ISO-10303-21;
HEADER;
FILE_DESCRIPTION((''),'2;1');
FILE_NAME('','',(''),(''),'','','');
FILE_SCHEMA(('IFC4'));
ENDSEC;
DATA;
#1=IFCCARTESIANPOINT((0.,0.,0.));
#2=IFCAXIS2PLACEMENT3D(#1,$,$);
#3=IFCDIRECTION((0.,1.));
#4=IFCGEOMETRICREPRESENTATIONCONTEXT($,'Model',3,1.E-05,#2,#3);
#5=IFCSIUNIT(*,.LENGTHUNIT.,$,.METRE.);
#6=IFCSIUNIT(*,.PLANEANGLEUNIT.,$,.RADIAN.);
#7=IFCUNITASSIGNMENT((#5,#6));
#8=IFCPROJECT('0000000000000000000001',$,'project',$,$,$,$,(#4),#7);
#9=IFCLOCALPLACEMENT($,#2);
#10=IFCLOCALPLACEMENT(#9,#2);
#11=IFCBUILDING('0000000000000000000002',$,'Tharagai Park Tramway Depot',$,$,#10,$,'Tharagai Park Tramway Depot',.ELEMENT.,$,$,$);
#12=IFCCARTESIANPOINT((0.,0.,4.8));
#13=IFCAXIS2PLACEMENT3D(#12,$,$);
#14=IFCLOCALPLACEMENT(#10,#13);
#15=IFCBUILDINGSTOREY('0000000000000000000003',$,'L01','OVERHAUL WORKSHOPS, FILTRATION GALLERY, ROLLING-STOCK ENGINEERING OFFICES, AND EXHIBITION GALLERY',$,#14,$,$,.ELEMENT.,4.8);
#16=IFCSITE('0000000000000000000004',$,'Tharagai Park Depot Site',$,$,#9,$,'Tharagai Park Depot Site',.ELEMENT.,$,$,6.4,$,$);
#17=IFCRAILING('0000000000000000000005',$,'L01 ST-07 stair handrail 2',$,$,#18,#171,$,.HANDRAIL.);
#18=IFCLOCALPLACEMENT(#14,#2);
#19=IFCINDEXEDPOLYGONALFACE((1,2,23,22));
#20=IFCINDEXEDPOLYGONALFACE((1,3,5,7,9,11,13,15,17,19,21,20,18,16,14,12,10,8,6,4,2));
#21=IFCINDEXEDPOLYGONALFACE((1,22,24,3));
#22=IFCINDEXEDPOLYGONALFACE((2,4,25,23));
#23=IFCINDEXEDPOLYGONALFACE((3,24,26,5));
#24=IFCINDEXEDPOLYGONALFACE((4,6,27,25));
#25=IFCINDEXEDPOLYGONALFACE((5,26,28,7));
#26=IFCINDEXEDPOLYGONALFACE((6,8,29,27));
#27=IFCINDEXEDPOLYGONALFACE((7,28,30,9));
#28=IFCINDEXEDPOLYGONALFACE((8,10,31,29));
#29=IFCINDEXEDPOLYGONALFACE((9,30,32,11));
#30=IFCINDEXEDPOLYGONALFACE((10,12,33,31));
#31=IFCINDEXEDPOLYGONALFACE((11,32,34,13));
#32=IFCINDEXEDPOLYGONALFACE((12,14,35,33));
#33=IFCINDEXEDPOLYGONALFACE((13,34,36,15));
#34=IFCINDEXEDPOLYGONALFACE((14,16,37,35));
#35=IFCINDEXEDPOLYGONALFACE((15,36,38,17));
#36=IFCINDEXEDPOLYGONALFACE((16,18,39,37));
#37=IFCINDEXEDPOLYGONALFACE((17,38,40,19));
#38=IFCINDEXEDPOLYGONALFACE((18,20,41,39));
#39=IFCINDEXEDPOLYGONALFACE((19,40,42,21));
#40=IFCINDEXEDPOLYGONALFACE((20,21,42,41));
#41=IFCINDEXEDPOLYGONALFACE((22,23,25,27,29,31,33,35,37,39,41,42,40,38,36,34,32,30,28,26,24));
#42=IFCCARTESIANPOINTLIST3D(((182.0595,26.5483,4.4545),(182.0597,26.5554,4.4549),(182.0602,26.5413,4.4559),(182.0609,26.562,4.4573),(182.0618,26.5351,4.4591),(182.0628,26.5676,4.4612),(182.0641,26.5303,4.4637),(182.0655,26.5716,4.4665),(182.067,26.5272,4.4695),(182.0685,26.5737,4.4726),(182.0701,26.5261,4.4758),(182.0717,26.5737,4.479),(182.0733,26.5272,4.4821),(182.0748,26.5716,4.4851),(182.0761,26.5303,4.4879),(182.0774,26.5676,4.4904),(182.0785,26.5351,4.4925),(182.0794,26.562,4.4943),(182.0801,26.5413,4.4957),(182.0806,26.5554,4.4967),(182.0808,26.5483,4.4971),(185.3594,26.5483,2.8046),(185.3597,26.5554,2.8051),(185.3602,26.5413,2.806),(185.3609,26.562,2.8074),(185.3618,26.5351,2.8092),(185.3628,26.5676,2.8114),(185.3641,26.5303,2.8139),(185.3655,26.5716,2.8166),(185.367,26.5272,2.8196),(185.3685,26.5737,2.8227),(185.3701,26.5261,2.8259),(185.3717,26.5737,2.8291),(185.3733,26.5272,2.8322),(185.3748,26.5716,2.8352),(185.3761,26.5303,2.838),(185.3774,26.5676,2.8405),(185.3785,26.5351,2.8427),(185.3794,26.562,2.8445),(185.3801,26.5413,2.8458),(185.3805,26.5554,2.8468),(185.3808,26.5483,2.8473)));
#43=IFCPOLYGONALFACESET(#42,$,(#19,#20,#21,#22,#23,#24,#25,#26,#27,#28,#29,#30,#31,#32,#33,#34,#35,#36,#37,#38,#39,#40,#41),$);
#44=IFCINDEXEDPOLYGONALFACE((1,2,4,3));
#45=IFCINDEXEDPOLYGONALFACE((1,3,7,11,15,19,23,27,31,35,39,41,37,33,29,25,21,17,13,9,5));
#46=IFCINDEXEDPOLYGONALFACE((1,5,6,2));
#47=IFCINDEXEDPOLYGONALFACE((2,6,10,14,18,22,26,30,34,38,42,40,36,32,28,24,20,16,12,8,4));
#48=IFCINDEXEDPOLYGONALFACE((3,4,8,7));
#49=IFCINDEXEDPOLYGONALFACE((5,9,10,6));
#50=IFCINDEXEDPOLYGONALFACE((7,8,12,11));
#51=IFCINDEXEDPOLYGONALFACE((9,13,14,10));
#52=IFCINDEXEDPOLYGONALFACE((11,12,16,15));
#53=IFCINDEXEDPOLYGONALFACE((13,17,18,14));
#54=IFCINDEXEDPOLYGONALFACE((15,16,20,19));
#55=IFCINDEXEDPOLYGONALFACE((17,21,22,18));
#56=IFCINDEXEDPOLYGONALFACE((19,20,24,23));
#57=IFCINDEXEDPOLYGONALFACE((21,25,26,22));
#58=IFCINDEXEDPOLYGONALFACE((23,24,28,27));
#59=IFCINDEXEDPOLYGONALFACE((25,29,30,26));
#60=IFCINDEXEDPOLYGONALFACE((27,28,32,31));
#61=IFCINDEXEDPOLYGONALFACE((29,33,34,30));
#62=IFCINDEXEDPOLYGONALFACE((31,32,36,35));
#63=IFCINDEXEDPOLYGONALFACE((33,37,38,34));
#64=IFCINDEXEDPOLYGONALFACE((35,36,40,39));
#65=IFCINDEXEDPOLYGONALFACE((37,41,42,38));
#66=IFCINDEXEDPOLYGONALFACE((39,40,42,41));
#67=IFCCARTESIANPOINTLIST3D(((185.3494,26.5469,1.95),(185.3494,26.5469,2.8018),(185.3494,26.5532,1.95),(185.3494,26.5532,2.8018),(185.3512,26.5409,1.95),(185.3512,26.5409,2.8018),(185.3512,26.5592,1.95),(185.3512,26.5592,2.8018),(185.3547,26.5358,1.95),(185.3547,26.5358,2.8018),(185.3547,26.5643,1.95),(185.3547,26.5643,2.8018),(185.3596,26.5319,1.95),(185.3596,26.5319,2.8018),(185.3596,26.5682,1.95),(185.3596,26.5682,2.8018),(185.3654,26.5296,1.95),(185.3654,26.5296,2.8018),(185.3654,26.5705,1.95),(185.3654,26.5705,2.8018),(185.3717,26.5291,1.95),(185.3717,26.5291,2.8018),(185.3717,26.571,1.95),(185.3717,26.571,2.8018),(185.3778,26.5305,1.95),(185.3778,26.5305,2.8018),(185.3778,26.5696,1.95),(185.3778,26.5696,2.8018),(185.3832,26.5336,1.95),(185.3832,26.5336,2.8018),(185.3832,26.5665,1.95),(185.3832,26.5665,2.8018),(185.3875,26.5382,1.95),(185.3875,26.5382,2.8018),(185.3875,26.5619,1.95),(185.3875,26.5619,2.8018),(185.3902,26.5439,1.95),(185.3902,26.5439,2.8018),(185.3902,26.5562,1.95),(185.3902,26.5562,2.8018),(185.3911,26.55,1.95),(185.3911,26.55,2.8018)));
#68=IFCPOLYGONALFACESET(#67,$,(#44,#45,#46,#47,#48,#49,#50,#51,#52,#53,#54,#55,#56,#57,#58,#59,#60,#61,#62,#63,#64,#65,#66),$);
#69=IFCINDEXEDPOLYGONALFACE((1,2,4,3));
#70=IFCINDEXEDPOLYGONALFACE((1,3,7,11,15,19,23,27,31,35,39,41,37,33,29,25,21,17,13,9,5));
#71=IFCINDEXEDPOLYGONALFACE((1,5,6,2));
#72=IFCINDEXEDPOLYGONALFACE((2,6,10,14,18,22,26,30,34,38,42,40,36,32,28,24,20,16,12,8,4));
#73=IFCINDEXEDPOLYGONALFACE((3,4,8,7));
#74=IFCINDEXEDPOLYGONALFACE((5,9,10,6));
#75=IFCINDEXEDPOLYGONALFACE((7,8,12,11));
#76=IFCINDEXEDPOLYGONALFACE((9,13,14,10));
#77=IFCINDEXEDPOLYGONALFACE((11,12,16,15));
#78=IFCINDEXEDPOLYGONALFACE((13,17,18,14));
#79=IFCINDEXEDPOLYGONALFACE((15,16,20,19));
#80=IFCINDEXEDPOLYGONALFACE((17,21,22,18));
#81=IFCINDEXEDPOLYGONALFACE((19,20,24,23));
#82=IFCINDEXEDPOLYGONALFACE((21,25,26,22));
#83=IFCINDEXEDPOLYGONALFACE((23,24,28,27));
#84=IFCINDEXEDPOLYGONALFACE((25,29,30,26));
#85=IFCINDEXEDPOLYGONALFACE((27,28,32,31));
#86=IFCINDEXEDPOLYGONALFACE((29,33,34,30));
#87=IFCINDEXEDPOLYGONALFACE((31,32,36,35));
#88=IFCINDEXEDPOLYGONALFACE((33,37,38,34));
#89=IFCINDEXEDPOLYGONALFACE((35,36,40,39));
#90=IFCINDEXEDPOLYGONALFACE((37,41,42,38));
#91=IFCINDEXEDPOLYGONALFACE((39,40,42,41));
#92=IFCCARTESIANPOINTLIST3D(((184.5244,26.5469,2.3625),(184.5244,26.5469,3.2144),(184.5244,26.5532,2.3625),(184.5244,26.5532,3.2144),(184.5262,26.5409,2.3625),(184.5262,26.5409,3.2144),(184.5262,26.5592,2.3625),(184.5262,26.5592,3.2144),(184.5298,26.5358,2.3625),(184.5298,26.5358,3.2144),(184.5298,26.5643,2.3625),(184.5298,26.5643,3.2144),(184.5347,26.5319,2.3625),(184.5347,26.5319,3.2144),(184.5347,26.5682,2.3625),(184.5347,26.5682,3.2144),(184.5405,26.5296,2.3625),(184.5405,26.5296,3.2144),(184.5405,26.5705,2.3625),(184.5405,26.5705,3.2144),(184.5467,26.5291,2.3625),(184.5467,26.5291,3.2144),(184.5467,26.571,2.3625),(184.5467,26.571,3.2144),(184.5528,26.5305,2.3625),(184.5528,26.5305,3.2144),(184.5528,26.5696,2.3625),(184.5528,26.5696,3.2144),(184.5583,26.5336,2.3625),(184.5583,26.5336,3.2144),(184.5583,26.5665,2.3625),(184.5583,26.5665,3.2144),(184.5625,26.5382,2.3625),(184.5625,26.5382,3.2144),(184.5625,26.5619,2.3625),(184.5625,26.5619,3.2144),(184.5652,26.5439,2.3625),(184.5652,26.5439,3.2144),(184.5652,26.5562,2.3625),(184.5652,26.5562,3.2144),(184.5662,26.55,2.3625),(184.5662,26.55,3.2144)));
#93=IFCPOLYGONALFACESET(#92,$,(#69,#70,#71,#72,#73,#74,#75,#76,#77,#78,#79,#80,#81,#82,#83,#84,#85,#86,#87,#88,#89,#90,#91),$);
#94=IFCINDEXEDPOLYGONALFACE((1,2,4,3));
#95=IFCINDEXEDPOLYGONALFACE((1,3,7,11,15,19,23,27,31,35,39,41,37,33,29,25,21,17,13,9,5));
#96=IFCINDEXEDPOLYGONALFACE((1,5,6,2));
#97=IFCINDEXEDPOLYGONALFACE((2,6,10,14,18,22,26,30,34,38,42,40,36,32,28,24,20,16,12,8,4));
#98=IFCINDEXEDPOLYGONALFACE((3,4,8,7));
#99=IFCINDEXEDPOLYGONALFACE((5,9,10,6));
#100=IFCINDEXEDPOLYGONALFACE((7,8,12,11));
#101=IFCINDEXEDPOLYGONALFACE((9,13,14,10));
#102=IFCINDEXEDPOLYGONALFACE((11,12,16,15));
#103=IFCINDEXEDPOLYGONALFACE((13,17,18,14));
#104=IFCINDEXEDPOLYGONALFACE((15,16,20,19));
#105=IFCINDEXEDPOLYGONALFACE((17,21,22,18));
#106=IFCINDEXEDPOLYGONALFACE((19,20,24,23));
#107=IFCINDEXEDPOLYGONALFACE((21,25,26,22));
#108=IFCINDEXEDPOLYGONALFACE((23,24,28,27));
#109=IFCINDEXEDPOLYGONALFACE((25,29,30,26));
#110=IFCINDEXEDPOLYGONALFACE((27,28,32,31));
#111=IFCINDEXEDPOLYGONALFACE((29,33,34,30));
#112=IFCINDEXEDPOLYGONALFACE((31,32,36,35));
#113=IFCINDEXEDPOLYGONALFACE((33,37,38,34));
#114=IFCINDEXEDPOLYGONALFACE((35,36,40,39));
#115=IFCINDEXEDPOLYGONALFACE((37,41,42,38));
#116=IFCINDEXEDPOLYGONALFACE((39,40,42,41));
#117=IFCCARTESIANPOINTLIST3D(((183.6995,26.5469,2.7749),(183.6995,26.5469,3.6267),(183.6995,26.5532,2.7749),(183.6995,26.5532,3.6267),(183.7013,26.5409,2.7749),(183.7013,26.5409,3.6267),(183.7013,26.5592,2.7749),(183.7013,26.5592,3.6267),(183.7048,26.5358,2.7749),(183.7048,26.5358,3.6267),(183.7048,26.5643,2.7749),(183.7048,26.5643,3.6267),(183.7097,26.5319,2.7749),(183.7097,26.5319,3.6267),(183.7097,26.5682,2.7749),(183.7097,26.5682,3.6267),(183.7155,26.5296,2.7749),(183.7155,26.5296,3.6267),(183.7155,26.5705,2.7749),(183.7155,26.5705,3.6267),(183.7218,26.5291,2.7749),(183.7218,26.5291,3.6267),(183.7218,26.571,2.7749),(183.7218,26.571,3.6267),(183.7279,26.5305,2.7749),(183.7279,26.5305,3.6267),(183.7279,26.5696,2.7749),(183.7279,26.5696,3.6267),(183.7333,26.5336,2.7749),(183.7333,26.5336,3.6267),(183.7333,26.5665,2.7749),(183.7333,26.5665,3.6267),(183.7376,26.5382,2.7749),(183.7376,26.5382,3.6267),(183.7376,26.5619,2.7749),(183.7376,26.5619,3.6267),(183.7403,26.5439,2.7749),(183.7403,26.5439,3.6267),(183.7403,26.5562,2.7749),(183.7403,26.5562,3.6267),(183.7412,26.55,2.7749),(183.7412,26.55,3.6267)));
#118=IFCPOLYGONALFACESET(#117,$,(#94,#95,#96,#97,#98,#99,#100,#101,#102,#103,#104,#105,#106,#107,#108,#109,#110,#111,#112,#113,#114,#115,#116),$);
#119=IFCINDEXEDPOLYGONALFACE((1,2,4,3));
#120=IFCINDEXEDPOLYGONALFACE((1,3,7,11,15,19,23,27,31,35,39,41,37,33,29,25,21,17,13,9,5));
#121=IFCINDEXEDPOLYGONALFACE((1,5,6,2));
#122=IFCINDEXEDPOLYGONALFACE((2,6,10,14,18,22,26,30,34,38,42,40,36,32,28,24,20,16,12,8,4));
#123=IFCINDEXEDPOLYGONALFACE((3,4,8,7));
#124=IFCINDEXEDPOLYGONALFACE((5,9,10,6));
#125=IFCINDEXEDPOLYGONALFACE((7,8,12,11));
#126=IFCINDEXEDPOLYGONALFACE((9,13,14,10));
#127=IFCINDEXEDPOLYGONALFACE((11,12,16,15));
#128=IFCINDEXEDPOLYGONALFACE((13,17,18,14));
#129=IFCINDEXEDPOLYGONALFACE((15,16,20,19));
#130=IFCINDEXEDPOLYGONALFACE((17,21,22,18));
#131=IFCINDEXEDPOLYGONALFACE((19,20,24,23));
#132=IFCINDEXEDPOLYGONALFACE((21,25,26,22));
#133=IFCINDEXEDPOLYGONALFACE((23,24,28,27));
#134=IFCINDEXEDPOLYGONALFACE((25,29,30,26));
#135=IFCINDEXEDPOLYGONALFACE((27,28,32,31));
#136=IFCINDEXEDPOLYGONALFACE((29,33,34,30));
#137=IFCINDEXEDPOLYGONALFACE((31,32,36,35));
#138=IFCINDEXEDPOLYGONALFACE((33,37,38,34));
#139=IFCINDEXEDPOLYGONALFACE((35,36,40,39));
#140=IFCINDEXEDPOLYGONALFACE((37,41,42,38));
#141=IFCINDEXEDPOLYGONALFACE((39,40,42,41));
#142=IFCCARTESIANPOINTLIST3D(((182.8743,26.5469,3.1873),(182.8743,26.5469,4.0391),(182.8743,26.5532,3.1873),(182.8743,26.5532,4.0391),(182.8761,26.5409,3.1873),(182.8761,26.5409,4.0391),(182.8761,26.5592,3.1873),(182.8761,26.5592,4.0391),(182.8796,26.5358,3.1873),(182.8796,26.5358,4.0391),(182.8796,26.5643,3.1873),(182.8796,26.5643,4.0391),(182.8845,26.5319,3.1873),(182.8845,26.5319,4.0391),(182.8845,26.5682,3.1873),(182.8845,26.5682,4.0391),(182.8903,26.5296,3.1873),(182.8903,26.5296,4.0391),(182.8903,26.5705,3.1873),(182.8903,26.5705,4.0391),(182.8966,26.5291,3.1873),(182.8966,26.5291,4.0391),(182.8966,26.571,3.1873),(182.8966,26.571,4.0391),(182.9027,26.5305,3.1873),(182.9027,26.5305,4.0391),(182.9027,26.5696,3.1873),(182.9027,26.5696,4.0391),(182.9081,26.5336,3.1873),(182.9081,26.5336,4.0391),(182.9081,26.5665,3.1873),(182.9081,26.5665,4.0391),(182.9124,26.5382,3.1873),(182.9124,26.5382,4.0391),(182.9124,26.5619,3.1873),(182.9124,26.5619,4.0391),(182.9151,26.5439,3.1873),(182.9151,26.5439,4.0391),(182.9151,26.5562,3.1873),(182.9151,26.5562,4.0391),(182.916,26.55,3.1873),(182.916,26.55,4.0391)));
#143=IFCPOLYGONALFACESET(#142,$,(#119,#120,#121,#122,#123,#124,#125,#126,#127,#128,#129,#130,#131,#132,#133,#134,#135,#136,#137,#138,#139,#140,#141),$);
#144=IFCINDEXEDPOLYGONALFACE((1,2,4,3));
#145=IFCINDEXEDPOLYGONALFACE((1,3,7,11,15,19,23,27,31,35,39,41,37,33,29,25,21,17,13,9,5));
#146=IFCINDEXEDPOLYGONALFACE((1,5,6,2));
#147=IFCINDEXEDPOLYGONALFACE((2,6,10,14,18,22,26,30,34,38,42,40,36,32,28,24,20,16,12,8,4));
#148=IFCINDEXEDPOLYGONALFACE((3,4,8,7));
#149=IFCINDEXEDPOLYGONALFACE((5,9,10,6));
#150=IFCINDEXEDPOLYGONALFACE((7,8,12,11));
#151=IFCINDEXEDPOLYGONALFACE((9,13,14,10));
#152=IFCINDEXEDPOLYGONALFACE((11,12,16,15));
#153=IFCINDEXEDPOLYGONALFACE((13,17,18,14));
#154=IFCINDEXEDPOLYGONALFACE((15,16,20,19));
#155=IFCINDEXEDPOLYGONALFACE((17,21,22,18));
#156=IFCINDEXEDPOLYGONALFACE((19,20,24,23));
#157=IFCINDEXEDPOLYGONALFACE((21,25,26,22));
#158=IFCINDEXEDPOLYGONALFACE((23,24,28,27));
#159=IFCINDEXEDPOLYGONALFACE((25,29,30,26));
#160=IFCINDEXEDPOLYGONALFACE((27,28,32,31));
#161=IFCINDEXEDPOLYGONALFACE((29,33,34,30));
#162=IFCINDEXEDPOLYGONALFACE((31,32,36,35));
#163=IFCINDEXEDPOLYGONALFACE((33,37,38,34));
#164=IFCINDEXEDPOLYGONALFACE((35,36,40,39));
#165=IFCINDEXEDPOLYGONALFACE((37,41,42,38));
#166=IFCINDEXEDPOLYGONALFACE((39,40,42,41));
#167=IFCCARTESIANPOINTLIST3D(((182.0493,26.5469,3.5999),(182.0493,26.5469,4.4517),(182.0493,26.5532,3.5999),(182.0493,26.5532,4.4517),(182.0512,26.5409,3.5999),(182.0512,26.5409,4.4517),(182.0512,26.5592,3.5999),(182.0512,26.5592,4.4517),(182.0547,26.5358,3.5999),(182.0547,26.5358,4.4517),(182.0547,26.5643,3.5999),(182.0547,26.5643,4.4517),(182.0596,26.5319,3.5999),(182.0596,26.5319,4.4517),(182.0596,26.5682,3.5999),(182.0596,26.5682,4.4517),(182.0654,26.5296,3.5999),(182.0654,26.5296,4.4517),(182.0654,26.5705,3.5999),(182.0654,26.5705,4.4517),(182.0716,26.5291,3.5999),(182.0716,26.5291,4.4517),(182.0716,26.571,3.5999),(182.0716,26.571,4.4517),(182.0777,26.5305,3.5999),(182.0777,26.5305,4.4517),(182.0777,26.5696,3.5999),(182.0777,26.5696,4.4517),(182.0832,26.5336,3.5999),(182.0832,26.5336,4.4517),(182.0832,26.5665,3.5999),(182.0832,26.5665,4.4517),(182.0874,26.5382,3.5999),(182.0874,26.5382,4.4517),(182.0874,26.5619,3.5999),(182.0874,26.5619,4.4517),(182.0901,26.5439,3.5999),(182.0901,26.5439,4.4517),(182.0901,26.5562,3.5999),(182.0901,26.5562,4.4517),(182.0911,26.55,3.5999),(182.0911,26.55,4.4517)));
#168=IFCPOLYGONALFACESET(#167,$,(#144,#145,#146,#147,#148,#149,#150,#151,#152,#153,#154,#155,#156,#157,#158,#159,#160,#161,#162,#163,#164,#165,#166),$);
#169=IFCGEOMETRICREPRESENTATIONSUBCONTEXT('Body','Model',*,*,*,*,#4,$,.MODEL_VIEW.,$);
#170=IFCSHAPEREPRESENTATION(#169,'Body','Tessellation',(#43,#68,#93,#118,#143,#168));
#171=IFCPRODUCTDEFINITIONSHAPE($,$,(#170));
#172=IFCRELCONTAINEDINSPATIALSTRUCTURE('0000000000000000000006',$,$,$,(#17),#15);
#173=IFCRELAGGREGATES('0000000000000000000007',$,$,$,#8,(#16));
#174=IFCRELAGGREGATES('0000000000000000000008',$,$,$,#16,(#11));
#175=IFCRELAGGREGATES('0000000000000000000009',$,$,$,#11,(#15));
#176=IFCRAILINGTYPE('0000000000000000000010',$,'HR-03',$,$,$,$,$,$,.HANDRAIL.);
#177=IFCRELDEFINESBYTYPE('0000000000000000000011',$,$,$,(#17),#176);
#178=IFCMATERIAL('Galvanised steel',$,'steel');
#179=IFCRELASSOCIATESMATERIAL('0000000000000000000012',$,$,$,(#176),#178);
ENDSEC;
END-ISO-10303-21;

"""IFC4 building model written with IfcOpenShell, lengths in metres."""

from ifc_helpers import new_model, si_unit, direction, frame, origin, origin_2d, place, context, subcontext, project, spatial, circle, extrude, material, type_object, element, save


model = new_model("IFC4")

# Units and contexts
model_context = context("Model", 3, precision=1e-05, world=origin(), true_north=direction((0.0, 1.0)))
body_context = subcontext(model_context, "Body", "Model", "MODEL_VIEW")
ifc_project = project(units=[si_unit("LENGTHUNIT", "METRE"), si_unit("PLANEANGLEUNIT", "RADIAN")], contexts=[model_context])

# Site, building, storey
site_placement = place(None, origin())
site = spatial("IfcSite", under=ifc_project, at=site_placement, Name="Tharagai Park Depot Site", LongName="Tharagai Park Depot Site", CompositionType="ELEMENT", RefElevation=6.4)
building_placement = place(site_placement, origin())
building = spatial("IfcBuilding", under=site, at=building_placement, Name="Tharagai Park Tramway Depot", LongName="Tharagai Park Tramway Depot", CompositionType="ELEMENT")
storey_placement = place(building_placement, frame((0.0, 0.0, 4.8)))
storey = spatial("IfcBuildingStorey", under=building, at=storey_placement, Name="L01", Description="OVERHAUL WORKSHOPS, FILTRATION GALLERY, ROLLING-STOCK ENGINEERING OFFICES, AND EXHIBITION GALLERY", CompositionType="ELEMENT", Elevation=4.8)

# Shared definitions
ifc_material_1 = material(Name="Galvanised steel", Category="steel")

# Railing
railing_type_1 = type_object("IfcRailingType", Name="HR-03", PredefinedType="HANDRAIL", material=ifc_material_1)
railing_1_placement = place(storey_placement, frame((185.3701, 26.55, 1.95)))
element("IfcRailing", 1, at=railing_1_placement, inside=storey, type_object=railing_type_1, Name="L01 ST-07 stair handrail 2", PredefinedType="HANDRAIL", context=body_context, shape_type="SweptSolid", body=[
    extrude(circle(Radius=0.0239, at=origin_2d()), frame((0.0, 0.0, 0.876), z_axis=(-0.89444, 0.0, 0.447187), x_axis=(0.0, -1.0, 0.0)), (0.0, 0.0, 1.0), 3.6895),
    extrude(circle(Radius=0.021, at=origin_2d()), origin(), (0.0, 0.0, 1.0), 0.8518),
    extrude(circle(Radius=0.021, at=origin_2d()), frame((-0.825, 0.0, 0.4126)), (0.0, 0.0, 1.0), 0.8518),
    extrude(circle(Radius=0.021, at=origin_2d()), frame((-1.6499, 0.0, 0.825)), (0.0, 0.0, 1.0), 0.8518),
    extrude(circle(Radius=0.021, at=origin_2d()), frame((-2.4751, 0.0, 1.2373)), (0.0, 0.0, 1.0), 0.8518),
    extrude(circle(Radius=0.021, at=origin_2d()), frame((-3.3, 0.0, 1.6499)), (0.0, 0.0, 1.0), 0.8518),
])

save(model, "model.ifc")
